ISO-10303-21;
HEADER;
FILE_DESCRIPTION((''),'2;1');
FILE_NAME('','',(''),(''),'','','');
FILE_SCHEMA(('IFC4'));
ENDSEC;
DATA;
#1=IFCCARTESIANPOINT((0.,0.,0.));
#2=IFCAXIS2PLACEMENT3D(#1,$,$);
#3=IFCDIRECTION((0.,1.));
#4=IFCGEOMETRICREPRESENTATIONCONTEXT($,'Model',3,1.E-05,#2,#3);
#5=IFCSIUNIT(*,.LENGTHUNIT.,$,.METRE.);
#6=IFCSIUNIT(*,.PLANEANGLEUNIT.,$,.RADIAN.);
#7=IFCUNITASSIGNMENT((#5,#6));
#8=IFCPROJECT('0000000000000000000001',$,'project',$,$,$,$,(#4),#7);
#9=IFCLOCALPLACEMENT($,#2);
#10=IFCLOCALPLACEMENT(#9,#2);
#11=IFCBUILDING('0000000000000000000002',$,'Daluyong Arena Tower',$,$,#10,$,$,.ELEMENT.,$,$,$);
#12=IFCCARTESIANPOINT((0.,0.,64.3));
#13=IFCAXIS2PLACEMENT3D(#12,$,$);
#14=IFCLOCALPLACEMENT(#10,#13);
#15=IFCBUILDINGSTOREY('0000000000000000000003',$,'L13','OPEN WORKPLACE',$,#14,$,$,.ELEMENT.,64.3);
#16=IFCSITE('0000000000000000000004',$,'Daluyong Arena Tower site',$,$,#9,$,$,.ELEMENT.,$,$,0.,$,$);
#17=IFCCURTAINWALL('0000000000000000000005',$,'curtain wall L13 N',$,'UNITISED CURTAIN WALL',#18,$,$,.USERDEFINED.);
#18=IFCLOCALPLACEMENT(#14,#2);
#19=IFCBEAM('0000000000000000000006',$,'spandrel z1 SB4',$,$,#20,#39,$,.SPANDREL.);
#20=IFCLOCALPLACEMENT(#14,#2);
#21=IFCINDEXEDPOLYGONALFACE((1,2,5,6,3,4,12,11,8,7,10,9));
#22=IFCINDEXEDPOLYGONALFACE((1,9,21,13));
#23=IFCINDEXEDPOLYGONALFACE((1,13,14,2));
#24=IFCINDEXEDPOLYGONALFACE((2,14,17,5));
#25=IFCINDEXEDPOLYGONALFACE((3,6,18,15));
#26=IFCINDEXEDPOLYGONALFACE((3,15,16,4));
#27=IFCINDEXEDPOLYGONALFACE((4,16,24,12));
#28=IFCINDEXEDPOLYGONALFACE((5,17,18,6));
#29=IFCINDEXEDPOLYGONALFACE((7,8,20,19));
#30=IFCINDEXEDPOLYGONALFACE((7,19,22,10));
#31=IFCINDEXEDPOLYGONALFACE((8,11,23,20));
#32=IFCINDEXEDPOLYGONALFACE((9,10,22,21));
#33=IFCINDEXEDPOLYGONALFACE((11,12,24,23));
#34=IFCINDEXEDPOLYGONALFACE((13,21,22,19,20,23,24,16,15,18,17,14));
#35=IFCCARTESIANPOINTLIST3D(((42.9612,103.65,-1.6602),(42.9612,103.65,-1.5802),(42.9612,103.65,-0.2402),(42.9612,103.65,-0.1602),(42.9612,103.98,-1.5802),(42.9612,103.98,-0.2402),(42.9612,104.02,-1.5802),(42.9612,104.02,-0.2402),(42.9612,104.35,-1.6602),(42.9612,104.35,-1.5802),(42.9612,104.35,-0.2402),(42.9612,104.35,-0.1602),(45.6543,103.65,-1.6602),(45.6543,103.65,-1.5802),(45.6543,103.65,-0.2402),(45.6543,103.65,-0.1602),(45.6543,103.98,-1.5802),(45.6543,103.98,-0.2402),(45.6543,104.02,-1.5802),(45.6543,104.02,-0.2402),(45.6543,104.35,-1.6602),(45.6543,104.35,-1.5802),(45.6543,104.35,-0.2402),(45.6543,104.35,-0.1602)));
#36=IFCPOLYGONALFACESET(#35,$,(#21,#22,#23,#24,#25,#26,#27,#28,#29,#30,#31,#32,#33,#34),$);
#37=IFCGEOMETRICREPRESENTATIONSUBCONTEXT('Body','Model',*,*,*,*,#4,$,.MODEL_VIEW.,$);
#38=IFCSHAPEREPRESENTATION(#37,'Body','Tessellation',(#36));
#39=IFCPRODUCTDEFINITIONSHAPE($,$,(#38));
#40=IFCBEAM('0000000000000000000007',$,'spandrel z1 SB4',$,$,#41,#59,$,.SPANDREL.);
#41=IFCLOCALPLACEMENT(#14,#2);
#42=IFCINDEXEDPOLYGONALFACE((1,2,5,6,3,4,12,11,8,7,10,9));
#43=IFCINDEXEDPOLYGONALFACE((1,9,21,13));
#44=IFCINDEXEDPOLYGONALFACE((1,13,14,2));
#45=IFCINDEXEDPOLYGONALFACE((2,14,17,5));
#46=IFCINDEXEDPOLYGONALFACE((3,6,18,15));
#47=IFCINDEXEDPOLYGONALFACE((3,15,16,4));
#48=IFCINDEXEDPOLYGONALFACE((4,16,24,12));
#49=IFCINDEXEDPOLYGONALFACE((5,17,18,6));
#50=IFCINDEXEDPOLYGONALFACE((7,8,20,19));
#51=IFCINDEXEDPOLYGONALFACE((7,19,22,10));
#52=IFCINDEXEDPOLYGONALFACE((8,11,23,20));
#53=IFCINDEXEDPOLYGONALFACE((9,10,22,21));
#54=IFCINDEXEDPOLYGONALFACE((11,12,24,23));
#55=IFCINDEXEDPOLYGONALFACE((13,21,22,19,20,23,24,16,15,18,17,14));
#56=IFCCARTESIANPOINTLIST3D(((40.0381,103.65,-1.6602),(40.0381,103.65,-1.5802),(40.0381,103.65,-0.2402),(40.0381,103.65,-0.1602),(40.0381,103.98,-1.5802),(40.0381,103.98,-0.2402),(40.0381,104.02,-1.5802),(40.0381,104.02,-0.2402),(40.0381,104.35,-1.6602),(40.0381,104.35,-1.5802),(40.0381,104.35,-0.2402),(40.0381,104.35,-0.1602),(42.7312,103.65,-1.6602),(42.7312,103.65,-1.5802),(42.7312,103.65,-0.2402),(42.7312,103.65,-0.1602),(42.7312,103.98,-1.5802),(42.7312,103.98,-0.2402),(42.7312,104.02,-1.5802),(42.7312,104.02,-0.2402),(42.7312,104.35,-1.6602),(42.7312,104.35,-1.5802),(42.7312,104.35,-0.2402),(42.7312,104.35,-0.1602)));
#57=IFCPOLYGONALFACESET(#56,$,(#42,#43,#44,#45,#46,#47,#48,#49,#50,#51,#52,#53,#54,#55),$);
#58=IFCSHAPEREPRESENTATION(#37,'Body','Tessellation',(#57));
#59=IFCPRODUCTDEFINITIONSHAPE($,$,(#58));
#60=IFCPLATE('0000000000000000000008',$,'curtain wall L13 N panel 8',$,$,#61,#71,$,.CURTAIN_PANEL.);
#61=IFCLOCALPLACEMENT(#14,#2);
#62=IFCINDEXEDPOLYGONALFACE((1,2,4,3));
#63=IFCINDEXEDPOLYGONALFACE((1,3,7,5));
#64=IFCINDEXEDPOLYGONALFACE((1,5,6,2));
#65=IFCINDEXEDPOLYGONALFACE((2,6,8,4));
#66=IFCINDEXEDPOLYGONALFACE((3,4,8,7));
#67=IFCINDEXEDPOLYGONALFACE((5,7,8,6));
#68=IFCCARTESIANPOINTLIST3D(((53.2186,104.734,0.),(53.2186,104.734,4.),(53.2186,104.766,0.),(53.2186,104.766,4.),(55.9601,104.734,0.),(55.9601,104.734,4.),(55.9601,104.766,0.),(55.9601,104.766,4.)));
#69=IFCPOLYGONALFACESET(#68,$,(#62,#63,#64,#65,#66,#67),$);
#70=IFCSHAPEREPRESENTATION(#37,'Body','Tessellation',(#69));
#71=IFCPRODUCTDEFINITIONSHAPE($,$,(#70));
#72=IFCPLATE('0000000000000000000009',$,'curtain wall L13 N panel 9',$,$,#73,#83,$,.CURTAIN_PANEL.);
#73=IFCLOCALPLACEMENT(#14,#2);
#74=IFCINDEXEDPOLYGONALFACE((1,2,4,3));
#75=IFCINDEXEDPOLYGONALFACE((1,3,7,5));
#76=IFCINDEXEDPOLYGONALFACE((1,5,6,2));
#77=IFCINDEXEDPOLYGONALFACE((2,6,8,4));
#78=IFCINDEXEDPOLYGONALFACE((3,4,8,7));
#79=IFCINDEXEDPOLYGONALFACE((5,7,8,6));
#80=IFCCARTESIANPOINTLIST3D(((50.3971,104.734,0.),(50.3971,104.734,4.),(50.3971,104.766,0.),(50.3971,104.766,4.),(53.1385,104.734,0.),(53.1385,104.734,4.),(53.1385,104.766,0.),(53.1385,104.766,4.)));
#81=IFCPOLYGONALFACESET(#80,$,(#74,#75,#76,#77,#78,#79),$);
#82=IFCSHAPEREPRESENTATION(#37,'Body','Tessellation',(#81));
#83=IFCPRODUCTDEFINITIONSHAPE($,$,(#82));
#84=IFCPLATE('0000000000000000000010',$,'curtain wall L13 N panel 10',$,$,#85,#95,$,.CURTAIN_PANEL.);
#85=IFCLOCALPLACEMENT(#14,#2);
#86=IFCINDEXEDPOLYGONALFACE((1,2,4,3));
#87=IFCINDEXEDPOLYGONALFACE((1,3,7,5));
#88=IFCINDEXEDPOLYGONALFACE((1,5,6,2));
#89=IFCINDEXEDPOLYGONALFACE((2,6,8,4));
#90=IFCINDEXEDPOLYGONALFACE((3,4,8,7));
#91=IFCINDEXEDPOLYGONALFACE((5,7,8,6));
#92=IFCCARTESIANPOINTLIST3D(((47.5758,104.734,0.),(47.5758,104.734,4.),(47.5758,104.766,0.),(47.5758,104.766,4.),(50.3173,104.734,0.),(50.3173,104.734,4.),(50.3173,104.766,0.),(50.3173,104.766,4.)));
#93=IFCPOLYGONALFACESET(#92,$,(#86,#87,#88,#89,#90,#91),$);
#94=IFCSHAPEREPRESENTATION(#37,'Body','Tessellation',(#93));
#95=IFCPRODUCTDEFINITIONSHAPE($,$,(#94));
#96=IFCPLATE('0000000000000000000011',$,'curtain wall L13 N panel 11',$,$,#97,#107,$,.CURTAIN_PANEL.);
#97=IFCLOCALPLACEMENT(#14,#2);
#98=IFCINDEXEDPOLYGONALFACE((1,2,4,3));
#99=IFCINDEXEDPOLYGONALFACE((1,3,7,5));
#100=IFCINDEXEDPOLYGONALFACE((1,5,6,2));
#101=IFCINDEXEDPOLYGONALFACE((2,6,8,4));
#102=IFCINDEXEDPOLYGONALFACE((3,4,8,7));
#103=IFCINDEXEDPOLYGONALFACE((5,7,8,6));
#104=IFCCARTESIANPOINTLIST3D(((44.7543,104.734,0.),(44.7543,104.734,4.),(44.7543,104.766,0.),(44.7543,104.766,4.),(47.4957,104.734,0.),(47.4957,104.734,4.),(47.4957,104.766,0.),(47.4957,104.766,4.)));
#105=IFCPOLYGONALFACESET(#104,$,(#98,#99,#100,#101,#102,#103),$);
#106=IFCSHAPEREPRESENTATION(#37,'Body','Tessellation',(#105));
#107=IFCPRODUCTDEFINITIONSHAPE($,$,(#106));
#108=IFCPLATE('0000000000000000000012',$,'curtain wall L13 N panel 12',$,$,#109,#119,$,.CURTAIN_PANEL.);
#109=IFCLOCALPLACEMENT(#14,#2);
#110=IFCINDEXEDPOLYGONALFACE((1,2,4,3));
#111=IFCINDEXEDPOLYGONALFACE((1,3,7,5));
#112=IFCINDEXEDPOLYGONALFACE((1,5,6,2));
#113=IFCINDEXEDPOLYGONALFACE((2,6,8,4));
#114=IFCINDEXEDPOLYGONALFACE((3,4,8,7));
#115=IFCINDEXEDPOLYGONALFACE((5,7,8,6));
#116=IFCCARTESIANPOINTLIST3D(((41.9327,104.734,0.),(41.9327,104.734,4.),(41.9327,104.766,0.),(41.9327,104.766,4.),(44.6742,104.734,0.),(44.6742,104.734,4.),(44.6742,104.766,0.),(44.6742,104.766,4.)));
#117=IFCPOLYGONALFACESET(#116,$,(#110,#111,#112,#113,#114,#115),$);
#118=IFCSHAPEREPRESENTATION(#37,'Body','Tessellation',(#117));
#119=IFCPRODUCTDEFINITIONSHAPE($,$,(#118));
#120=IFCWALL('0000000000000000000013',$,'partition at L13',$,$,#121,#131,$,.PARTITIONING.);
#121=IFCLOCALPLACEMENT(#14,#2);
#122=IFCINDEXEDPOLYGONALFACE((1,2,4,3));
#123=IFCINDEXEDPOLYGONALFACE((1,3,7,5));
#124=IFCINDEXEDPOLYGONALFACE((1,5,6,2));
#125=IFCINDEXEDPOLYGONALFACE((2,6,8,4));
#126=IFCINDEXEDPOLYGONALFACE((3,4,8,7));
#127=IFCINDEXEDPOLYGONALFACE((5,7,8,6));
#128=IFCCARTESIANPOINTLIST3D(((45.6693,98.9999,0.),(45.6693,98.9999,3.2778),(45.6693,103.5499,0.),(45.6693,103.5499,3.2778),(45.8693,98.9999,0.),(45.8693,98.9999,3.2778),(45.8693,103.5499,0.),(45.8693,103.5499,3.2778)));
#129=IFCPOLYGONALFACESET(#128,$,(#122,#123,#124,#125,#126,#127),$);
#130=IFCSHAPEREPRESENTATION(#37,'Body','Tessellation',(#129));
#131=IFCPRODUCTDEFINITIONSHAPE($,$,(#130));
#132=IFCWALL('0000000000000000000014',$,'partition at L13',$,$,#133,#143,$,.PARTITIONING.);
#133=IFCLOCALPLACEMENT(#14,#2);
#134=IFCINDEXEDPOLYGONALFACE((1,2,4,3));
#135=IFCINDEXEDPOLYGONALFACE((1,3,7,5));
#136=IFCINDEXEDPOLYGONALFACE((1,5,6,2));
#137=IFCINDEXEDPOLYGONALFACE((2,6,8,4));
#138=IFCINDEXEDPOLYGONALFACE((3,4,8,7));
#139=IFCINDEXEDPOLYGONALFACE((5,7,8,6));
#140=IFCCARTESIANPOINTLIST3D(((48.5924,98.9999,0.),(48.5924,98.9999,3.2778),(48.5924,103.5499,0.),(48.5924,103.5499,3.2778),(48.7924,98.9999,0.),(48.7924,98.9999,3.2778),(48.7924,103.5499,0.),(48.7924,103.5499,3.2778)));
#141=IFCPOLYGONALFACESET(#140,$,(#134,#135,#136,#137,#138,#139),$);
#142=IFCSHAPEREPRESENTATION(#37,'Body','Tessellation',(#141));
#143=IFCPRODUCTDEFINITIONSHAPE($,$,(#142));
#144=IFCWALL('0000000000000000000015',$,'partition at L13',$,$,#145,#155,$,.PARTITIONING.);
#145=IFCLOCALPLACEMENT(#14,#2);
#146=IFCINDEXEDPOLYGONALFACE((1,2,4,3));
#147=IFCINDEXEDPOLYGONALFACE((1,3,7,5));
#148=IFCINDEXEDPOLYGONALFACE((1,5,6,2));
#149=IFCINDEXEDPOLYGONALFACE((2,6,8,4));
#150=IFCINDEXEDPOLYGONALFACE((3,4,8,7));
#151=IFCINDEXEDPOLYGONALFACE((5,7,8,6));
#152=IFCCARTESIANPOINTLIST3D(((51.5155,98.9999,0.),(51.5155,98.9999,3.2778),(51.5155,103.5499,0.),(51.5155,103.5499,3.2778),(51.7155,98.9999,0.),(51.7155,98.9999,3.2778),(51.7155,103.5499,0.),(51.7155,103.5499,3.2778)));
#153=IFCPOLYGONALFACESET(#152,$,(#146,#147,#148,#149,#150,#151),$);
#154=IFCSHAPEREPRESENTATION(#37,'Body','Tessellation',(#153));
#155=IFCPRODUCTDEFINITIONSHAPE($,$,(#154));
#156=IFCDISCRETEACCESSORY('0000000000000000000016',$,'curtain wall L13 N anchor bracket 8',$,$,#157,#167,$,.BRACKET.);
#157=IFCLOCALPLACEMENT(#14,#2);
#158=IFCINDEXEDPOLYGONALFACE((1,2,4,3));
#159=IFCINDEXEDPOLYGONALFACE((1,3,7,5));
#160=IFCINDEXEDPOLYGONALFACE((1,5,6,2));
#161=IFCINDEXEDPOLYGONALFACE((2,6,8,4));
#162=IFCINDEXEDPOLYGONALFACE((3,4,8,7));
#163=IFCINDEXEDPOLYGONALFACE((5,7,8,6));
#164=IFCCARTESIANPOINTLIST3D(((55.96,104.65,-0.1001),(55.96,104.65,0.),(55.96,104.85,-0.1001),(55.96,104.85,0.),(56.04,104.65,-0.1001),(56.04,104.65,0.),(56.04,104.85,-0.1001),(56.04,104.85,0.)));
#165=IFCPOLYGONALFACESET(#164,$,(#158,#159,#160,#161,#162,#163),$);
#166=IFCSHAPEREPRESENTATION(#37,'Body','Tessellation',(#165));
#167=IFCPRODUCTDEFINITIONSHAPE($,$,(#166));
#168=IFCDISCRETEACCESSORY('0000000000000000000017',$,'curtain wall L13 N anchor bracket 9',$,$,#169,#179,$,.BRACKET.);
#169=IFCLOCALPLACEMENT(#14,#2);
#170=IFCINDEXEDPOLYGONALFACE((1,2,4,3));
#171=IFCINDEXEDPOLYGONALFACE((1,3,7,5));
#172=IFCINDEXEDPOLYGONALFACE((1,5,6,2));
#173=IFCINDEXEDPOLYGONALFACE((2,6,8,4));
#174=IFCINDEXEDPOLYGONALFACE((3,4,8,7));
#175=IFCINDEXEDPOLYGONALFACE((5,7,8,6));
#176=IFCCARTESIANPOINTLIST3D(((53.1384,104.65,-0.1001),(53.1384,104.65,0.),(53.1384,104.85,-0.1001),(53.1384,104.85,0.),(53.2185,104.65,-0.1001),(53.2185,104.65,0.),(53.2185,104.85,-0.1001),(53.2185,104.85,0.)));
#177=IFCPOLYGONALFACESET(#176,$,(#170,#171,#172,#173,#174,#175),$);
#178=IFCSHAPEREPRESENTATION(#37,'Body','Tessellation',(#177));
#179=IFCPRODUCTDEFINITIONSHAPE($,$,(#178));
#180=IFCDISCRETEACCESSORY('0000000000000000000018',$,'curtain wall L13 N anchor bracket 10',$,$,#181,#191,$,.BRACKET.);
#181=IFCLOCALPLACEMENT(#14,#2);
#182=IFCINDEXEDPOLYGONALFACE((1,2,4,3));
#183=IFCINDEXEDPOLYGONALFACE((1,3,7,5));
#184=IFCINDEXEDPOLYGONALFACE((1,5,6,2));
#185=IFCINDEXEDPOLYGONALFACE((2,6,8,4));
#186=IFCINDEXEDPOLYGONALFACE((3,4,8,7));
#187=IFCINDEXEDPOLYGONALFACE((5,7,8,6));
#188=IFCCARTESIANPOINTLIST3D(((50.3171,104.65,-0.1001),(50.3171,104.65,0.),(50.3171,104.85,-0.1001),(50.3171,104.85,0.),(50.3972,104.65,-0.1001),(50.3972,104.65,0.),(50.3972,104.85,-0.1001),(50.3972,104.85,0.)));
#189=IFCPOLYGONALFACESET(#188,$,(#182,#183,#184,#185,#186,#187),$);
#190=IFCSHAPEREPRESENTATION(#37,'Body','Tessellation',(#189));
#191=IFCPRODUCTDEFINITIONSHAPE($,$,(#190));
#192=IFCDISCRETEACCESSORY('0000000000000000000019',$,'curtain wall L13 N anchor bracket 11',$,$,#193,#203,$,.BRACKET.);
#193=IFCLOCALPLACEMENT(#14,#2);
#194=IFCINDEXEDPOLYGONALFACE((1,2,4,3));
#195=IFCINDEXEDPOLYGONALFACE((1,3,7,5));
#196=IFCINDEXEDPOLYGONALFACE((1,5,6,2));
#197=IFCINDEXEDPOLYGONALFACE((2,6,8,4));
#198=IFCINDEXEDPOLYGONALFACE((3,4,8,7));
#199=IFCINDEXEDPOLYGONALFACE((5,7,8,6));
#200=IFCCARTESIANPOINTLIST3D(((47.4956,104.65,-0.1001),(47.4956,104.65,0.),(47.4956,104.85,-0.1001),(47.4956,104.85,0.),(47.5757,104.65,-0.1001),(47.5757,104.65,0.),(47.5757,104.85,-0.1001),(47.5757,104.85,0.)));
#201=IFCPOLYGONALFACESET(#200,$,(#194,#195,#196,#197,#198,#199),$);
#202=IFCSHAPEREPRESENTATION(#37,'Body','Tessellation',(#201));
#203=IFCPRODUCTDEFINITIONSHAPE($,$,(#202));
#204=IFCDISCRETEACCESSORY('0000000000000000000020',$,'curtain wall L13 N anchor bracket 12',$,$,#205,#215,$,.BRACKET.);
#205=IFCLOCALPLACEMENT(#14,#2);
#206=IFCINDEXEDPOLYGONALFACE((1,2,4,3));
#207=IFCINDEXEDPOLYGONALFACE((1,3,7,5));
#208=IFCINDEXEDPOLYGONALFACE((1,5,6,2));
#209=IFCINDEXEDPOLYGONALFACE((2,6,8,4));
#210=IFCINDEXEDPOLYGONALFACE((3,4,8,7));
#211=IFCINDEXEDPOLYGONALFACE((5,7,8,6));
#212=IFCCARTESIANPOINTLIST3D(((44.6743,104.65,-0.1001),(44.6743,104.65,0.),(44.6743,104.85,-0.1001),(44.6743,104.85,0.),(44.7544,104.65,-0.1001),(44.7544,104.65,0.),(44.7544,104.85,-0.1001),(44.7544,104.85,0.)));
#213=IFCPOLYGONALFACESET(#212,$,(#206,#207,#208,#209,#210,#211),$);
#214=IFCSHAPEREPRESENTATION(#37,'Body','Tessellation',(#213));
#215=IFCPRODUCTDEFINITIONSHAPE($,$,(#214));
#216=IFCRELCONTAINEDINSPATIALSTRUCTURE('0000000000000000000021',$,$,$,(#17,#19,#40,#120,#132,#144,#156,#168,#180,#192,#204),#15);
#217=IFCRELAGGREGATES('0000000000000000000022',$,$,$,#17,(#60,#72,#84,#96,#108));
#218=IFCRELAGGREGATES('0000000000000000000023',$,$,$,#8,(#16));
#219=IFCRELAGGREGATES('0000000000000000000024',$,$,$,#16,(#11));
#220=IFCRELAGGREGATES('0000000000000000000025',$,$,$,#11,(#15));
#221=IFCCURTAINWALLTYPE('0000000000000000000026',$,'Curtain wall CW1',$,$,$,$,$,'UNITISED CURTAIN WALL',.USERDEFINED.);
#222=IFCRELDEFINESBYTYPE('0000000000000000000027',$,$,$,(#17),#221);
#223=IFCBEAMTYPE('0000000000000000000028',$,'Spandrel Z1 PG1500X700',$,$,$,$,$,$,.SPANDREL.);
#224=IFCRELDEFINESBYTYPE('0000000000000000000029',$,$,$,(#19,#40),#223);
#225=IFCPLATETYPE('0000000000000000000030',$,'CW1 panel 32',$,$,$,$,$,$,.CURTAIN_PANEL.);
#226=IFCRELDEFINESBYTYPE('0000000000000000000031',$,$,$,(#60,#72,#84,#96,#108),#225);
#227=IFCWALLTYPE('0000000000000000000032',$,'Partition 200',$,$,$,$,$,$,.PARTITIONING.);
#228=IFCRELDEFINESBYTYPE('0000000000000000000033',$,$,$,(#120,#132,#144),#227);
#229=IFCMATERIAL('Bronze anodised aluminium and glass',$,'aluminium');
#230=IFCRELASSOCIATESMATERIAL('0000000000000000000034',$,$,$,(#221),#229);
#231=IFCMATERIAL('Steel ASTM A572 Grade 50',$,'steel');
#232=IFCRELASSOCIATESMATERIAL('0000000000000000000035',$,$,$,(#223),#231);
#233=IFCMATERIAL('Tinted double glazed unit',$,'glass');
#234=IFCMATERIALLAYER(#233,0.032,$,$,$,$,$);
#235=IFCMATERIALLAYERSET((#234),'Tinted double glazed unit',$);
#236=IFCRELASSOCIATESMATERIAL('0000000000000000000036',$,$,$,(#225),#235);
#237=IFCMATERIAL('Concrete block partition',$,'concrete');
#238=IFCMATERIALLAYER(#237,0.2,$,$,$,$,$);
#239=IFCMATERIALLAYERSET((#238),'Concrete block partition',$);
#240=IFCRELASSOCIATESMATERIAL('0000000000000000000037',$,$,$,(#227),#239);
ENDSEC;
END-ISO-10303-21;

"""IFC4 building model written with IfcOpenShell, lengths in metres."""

from ifc_helpers import new_model, si_unit, direction, frame, frame_2d, origin, origin_2d, place, context, subcontext, project, spatial, rectangle, i_section, extrude, material, layer, layer_set, material_profile, profile_set, type_object, element, aggregate, save


model = new_model("IFC4")

# Units and contexts
model_context = context("Model", 3, precision=1e-05, world=origin(), true_north=direction((0.0, 1.0)))
body_context = subcontext(model_context, "Body", "Model", "MODEL_VIEW")
ifc_project = project(units=[si_unit("LENGTHUNIT", "METRE"), si_unit("PLANEANGLEUNIT", "RADIAN")], contexts=[model_context])

# Site, building, storey
site_placement = place(None, origin())
site = spatial("IfcSite", under=ifc_project, at=site_placement, Name="Daluyong Arena Tower site", CompositionType="ELEMENT", RefElevation=0.0)
building_placement = place(site_placement, origin())
building = spatial("IfcBuilding", under=site, at=building_placement, Name="Daluyong Arena Tower", CompositionType="ELEMENT")
storey_placement = place(building_placement, frame((0.0, 0.0, 64.3)))
storey = spatial("IfcBuildingStorey", under=building, at=storey_placement, Name="L13", Description="OPEN WORKPLACE", CompositionType="ELEMENT", Elevation=64.3)

# Curtain wall
ifc_material_1 = material(Name="Bronze anodised aluminium and glass", Category="aluminium")
curtain_wall_type = type_object("IfcCurtainWallType", Name="Curtain wall CW1", ElementType="UNITISED CURTAIN WALL", PredefinedType="USERDEFINED", material=ifc_material_1)
curtain_wall_placement = place(storey_placement, origin())
curtain_wall = element("IfcCurtainWall", 1, at=curtain_wall_placement, inside=storey, type_object=curtain_wall_type, Name="curtain wall L13 N", ObjectType="UNITISED CURTAIN WALL", PredefinedType="USERDEFINED")

# Beams
ifc_material_2 = material(Name="Steel ASTM A572 Grade 50", Category="steel")
ifc_material_profile_1 = material_profile(ifc_material_2, i_section(OverallWidth=0.7, OverallDepth=1.5, WebThickness=0.04, FlangeThickness=0.08, at=origin_2d()))
ifc_profile_set_1 = profile_set([ifc_material_profile_1], Name="Steel ASTM A572 Grade 50")
beam_type_1 = type_object("IfcBeamType", Name="Spandrel Z1 PG1500X700", PredefinedType="SPANDREL", material=ifc_profile_set_1)
for number, where, z_axis, x_axis, name in (
    (2, (45.6543, 104.0, -0.9102), (-1.0, 0.0, 0.0), (0.0, -1.0, 0.0), "spandrel z1 SB4"),
    (3, (42.7312, 104.0, -0.9102), (-1.0, 0.0, 0.0), (0.0, -1.0, 0.0), "spandrel z1 SB4"),
):
    element("IfcBeam", number, at=place(storey_placement, frame(where, z_axis=z_axis, x_axis=x_axis)), inside=storey, type_object=beam_type_1, Name=name, PredefinedType="SPANDREL", context=body_context, shape_type="SweptSolid", body=[
        extrude(i_section(OverallWidth=0.7, OverallDepth=1.5, WebThickness=0.04, FlangeThickness=0.08, at=origin_2d()), origin(), (0.0, 0.0, 1.0), 2.6931),
    ])

# Plates
ifc_material_3 = material(Name="Tinted double glazed unit", Category="glass")
ifc_layer_1 = layer(ifc_material_3, 0.032)
ifc_layer_set_1 = layer_set([ifc_layer_1], Name="Tinted double glazed unit")
plate_type = type_object("IfcPlateType", Name="CW1 panel 32", PredefinedType="CURTAIN_PANEL", material=ifc_layer_set_1)
plate_1_placement = place(storey_placement, frame((54.5894, 104.75, 0.0), z_axis=(0.0, 0.0, 1.0), x_axis=(-1.0, 0.0, 0.0)))
plate_1 = element("IfcPlate", 4, at=plate_1_placement, type_object=plate_type, Name="curtain wall L13 N panel 8", PredefinedType="CURTAIN_PANEL", context=body_context, shape_type="SweptSolid", body=[
    extrude(rectangle(XDim=2.7415, YDim=0.032, at=origin_2d()), origin(), (0.0, 0.0, 1.0), 4.0),
])
plate_2_placement = place(storey_placement, frame((51.7678, 104.75, 0.0), z_axis=(0.0, 0.0, 1.0), x_axis=(-1.0, 0.0, 0.0)))
plate_2 = element("IfcPlate", 5, at=plate_2_placement, type_object=plate_type, Name="curtain wall L13 N panel 9", PredefinedType="CURTAIN_PANEL", context=body_context, shape_type="SweptSolid", body=[
    extrude(rectangle(XDim=2.7415, YDim=0.032, at=origin_2d()), origin(), (0.0, 0.0, 1.0), 4.0),
])
plate_3_placement = place(storey_placement, frame((48.9465, 104.75, 0.0), z_axis=(0.0, 0.0, 1.0), x_axis=(-1.0, 0.0, 0.0)))
plate_3 = element("IfcPlate", 6, at=plate_3_placement, type_object=plate_type, Name="curtain wall L13 N panel 10", PredefinedType="CURTAIN_PANEL", context=body_context, shape_type="SweptSolid", body=[
    extrude(rectangle(XDim=2.7415, YDim=0.032, at=origin_2d()), origin(), (0.0, 0.0, 1.0), 4.0),
])
plate_4_placement = place(storey_placement, frame((46.125, 104.75, 0.0), z_axis=(0.0, 0.0, 1.0), x_axis=(-1.0, 0.0, 0.0)))
plate_4 = element("IfcPlate", 7, at=plate_4_placement, type_object=plate_type, Name="curtain wall L13 N panel 11", PredefinedType="CURTAIN_PANEL", context=body_context, shape_type="SweptSolid", body=[
    extrude(rectangle(XDim=2.7415, YDim=0.032, at=origin_2d()), origin(), (0.0, 0.0, 1.0), 4.0),
])
plate_5_placement = place(storey_placement, frame((43.3035, 104.75, 0.0), z_axis=(0.0, 0.0, 1.0), x_axis=(-1.0, 0.0, 0.0)))
plate_5 = element("IfcPlate", 8, at=plate_5_placement, type_object=plate_type, Name="curtain wall L13 N panel 12", PredefinedType="CURTAIN_PANEL", context=body_context, shape_type="SweptSolid", body=[
    extrude(rectangle(XDim=2.7415, YDim=0.032, at=origin_2d()), origin(), (0.0, 0.0, 1.0), 4.0),
])
aggregate(curtain_wall, [plate_1, plate_2, plate_3, plate_4, plate_5])

# Walls
ifc_material_4 = material(Name="Concrete block partition", Category="concrete")
ifc_layer_2 = layer(ifc_material_4, 0.2)
ifc_layer_set_2 = layer_set([ifc_layer_2], Name="Concrete block partition")
wall_type = type_object("IfcWallType", Name="Partition 200", PredefinedType="PARTITIONING", material=ifc_layer_set_2)
for number, where, z_axis, x_axis, name in (
    (9, (45.7693, 99.0, 0.0), (0.0, 0.0, 1.0), (0.0, 1.0, 0.0), "partition at L13"),
    (10, (48.6924, 99.0, 0.0), (0.0, 0.0, 1.0), (0.0, 1.0, 0.0), "partition at L13"),
    (11, (51.6155, 99.0, 0.0), (0.0, 0.0, 1.0), (0.0, 1.0, 0.0), "partition at L13"),
):
    element("IfcWall", number, at=place(storey_placement, frame(where, z_axis=z_axis, x_axis=x_axis)), inside=storey, type_object=wall_type, Name=name, PredefinedType="PARTITIONING", context=body_context, shape_type="SweptSolid", body=[
        extrude(rectangle(XDim=4.55, YDim=0.2, at=frame_2d((2.2749, 0.0))), origin(), (0.0, 0.0, 1.0), 3.2778),
    ])

# Discrete accessories
for number, where, z_axis, x_axis, name in (
    (12, (56.0, 104.75, -0.1001), (0.0, 0.0, 1.0), (-1.0, 0.0, 0.0), "curtain wall L13 N anchor bracket 8"),
    (13, (53.1785, 104.75, -0.1001), (0.0, 0.0, 1.0), (-1.0, 0.0, 0.0), "curtain wall L13 N anchor bracket 9"),
    (14, (50.3572, 104.75, -0.1001), (0.0, 0.0, 1.0), (-1.0, 0.0, 0.0), "curtain wall L13 N anchor bracket 10"),
    (15, (47.5356, 104.75, -0.1001), (0.0, 0.0, 1.0), (-1.0, 0.0, 0.0), "curtain wall L13 N anchor bracket 11"),
    (16, (44.7144, 104.75, -0.1001), (0.0, 0.0, 1.0), (-1.0, 0.0, 0.0), "curtain wall L13 N anchor bracket 12"),
):
    element("IfcDiscreteAccessory", number, at=place(storey_placement, frame(where, z_axis=z_axis, x_axis=x_axis)), inside=storey, Name=name, PredefinedType="BRACKET", context=body_context, shape_type="SweptSolid", body=[
        extrude(rectangle(XDim=0.0801, YDim=0.2, at=origin_2d()), origin(), (0.0, 0.0, 1.0), 0.1001),
    ])

save(model, "model.ifc")
